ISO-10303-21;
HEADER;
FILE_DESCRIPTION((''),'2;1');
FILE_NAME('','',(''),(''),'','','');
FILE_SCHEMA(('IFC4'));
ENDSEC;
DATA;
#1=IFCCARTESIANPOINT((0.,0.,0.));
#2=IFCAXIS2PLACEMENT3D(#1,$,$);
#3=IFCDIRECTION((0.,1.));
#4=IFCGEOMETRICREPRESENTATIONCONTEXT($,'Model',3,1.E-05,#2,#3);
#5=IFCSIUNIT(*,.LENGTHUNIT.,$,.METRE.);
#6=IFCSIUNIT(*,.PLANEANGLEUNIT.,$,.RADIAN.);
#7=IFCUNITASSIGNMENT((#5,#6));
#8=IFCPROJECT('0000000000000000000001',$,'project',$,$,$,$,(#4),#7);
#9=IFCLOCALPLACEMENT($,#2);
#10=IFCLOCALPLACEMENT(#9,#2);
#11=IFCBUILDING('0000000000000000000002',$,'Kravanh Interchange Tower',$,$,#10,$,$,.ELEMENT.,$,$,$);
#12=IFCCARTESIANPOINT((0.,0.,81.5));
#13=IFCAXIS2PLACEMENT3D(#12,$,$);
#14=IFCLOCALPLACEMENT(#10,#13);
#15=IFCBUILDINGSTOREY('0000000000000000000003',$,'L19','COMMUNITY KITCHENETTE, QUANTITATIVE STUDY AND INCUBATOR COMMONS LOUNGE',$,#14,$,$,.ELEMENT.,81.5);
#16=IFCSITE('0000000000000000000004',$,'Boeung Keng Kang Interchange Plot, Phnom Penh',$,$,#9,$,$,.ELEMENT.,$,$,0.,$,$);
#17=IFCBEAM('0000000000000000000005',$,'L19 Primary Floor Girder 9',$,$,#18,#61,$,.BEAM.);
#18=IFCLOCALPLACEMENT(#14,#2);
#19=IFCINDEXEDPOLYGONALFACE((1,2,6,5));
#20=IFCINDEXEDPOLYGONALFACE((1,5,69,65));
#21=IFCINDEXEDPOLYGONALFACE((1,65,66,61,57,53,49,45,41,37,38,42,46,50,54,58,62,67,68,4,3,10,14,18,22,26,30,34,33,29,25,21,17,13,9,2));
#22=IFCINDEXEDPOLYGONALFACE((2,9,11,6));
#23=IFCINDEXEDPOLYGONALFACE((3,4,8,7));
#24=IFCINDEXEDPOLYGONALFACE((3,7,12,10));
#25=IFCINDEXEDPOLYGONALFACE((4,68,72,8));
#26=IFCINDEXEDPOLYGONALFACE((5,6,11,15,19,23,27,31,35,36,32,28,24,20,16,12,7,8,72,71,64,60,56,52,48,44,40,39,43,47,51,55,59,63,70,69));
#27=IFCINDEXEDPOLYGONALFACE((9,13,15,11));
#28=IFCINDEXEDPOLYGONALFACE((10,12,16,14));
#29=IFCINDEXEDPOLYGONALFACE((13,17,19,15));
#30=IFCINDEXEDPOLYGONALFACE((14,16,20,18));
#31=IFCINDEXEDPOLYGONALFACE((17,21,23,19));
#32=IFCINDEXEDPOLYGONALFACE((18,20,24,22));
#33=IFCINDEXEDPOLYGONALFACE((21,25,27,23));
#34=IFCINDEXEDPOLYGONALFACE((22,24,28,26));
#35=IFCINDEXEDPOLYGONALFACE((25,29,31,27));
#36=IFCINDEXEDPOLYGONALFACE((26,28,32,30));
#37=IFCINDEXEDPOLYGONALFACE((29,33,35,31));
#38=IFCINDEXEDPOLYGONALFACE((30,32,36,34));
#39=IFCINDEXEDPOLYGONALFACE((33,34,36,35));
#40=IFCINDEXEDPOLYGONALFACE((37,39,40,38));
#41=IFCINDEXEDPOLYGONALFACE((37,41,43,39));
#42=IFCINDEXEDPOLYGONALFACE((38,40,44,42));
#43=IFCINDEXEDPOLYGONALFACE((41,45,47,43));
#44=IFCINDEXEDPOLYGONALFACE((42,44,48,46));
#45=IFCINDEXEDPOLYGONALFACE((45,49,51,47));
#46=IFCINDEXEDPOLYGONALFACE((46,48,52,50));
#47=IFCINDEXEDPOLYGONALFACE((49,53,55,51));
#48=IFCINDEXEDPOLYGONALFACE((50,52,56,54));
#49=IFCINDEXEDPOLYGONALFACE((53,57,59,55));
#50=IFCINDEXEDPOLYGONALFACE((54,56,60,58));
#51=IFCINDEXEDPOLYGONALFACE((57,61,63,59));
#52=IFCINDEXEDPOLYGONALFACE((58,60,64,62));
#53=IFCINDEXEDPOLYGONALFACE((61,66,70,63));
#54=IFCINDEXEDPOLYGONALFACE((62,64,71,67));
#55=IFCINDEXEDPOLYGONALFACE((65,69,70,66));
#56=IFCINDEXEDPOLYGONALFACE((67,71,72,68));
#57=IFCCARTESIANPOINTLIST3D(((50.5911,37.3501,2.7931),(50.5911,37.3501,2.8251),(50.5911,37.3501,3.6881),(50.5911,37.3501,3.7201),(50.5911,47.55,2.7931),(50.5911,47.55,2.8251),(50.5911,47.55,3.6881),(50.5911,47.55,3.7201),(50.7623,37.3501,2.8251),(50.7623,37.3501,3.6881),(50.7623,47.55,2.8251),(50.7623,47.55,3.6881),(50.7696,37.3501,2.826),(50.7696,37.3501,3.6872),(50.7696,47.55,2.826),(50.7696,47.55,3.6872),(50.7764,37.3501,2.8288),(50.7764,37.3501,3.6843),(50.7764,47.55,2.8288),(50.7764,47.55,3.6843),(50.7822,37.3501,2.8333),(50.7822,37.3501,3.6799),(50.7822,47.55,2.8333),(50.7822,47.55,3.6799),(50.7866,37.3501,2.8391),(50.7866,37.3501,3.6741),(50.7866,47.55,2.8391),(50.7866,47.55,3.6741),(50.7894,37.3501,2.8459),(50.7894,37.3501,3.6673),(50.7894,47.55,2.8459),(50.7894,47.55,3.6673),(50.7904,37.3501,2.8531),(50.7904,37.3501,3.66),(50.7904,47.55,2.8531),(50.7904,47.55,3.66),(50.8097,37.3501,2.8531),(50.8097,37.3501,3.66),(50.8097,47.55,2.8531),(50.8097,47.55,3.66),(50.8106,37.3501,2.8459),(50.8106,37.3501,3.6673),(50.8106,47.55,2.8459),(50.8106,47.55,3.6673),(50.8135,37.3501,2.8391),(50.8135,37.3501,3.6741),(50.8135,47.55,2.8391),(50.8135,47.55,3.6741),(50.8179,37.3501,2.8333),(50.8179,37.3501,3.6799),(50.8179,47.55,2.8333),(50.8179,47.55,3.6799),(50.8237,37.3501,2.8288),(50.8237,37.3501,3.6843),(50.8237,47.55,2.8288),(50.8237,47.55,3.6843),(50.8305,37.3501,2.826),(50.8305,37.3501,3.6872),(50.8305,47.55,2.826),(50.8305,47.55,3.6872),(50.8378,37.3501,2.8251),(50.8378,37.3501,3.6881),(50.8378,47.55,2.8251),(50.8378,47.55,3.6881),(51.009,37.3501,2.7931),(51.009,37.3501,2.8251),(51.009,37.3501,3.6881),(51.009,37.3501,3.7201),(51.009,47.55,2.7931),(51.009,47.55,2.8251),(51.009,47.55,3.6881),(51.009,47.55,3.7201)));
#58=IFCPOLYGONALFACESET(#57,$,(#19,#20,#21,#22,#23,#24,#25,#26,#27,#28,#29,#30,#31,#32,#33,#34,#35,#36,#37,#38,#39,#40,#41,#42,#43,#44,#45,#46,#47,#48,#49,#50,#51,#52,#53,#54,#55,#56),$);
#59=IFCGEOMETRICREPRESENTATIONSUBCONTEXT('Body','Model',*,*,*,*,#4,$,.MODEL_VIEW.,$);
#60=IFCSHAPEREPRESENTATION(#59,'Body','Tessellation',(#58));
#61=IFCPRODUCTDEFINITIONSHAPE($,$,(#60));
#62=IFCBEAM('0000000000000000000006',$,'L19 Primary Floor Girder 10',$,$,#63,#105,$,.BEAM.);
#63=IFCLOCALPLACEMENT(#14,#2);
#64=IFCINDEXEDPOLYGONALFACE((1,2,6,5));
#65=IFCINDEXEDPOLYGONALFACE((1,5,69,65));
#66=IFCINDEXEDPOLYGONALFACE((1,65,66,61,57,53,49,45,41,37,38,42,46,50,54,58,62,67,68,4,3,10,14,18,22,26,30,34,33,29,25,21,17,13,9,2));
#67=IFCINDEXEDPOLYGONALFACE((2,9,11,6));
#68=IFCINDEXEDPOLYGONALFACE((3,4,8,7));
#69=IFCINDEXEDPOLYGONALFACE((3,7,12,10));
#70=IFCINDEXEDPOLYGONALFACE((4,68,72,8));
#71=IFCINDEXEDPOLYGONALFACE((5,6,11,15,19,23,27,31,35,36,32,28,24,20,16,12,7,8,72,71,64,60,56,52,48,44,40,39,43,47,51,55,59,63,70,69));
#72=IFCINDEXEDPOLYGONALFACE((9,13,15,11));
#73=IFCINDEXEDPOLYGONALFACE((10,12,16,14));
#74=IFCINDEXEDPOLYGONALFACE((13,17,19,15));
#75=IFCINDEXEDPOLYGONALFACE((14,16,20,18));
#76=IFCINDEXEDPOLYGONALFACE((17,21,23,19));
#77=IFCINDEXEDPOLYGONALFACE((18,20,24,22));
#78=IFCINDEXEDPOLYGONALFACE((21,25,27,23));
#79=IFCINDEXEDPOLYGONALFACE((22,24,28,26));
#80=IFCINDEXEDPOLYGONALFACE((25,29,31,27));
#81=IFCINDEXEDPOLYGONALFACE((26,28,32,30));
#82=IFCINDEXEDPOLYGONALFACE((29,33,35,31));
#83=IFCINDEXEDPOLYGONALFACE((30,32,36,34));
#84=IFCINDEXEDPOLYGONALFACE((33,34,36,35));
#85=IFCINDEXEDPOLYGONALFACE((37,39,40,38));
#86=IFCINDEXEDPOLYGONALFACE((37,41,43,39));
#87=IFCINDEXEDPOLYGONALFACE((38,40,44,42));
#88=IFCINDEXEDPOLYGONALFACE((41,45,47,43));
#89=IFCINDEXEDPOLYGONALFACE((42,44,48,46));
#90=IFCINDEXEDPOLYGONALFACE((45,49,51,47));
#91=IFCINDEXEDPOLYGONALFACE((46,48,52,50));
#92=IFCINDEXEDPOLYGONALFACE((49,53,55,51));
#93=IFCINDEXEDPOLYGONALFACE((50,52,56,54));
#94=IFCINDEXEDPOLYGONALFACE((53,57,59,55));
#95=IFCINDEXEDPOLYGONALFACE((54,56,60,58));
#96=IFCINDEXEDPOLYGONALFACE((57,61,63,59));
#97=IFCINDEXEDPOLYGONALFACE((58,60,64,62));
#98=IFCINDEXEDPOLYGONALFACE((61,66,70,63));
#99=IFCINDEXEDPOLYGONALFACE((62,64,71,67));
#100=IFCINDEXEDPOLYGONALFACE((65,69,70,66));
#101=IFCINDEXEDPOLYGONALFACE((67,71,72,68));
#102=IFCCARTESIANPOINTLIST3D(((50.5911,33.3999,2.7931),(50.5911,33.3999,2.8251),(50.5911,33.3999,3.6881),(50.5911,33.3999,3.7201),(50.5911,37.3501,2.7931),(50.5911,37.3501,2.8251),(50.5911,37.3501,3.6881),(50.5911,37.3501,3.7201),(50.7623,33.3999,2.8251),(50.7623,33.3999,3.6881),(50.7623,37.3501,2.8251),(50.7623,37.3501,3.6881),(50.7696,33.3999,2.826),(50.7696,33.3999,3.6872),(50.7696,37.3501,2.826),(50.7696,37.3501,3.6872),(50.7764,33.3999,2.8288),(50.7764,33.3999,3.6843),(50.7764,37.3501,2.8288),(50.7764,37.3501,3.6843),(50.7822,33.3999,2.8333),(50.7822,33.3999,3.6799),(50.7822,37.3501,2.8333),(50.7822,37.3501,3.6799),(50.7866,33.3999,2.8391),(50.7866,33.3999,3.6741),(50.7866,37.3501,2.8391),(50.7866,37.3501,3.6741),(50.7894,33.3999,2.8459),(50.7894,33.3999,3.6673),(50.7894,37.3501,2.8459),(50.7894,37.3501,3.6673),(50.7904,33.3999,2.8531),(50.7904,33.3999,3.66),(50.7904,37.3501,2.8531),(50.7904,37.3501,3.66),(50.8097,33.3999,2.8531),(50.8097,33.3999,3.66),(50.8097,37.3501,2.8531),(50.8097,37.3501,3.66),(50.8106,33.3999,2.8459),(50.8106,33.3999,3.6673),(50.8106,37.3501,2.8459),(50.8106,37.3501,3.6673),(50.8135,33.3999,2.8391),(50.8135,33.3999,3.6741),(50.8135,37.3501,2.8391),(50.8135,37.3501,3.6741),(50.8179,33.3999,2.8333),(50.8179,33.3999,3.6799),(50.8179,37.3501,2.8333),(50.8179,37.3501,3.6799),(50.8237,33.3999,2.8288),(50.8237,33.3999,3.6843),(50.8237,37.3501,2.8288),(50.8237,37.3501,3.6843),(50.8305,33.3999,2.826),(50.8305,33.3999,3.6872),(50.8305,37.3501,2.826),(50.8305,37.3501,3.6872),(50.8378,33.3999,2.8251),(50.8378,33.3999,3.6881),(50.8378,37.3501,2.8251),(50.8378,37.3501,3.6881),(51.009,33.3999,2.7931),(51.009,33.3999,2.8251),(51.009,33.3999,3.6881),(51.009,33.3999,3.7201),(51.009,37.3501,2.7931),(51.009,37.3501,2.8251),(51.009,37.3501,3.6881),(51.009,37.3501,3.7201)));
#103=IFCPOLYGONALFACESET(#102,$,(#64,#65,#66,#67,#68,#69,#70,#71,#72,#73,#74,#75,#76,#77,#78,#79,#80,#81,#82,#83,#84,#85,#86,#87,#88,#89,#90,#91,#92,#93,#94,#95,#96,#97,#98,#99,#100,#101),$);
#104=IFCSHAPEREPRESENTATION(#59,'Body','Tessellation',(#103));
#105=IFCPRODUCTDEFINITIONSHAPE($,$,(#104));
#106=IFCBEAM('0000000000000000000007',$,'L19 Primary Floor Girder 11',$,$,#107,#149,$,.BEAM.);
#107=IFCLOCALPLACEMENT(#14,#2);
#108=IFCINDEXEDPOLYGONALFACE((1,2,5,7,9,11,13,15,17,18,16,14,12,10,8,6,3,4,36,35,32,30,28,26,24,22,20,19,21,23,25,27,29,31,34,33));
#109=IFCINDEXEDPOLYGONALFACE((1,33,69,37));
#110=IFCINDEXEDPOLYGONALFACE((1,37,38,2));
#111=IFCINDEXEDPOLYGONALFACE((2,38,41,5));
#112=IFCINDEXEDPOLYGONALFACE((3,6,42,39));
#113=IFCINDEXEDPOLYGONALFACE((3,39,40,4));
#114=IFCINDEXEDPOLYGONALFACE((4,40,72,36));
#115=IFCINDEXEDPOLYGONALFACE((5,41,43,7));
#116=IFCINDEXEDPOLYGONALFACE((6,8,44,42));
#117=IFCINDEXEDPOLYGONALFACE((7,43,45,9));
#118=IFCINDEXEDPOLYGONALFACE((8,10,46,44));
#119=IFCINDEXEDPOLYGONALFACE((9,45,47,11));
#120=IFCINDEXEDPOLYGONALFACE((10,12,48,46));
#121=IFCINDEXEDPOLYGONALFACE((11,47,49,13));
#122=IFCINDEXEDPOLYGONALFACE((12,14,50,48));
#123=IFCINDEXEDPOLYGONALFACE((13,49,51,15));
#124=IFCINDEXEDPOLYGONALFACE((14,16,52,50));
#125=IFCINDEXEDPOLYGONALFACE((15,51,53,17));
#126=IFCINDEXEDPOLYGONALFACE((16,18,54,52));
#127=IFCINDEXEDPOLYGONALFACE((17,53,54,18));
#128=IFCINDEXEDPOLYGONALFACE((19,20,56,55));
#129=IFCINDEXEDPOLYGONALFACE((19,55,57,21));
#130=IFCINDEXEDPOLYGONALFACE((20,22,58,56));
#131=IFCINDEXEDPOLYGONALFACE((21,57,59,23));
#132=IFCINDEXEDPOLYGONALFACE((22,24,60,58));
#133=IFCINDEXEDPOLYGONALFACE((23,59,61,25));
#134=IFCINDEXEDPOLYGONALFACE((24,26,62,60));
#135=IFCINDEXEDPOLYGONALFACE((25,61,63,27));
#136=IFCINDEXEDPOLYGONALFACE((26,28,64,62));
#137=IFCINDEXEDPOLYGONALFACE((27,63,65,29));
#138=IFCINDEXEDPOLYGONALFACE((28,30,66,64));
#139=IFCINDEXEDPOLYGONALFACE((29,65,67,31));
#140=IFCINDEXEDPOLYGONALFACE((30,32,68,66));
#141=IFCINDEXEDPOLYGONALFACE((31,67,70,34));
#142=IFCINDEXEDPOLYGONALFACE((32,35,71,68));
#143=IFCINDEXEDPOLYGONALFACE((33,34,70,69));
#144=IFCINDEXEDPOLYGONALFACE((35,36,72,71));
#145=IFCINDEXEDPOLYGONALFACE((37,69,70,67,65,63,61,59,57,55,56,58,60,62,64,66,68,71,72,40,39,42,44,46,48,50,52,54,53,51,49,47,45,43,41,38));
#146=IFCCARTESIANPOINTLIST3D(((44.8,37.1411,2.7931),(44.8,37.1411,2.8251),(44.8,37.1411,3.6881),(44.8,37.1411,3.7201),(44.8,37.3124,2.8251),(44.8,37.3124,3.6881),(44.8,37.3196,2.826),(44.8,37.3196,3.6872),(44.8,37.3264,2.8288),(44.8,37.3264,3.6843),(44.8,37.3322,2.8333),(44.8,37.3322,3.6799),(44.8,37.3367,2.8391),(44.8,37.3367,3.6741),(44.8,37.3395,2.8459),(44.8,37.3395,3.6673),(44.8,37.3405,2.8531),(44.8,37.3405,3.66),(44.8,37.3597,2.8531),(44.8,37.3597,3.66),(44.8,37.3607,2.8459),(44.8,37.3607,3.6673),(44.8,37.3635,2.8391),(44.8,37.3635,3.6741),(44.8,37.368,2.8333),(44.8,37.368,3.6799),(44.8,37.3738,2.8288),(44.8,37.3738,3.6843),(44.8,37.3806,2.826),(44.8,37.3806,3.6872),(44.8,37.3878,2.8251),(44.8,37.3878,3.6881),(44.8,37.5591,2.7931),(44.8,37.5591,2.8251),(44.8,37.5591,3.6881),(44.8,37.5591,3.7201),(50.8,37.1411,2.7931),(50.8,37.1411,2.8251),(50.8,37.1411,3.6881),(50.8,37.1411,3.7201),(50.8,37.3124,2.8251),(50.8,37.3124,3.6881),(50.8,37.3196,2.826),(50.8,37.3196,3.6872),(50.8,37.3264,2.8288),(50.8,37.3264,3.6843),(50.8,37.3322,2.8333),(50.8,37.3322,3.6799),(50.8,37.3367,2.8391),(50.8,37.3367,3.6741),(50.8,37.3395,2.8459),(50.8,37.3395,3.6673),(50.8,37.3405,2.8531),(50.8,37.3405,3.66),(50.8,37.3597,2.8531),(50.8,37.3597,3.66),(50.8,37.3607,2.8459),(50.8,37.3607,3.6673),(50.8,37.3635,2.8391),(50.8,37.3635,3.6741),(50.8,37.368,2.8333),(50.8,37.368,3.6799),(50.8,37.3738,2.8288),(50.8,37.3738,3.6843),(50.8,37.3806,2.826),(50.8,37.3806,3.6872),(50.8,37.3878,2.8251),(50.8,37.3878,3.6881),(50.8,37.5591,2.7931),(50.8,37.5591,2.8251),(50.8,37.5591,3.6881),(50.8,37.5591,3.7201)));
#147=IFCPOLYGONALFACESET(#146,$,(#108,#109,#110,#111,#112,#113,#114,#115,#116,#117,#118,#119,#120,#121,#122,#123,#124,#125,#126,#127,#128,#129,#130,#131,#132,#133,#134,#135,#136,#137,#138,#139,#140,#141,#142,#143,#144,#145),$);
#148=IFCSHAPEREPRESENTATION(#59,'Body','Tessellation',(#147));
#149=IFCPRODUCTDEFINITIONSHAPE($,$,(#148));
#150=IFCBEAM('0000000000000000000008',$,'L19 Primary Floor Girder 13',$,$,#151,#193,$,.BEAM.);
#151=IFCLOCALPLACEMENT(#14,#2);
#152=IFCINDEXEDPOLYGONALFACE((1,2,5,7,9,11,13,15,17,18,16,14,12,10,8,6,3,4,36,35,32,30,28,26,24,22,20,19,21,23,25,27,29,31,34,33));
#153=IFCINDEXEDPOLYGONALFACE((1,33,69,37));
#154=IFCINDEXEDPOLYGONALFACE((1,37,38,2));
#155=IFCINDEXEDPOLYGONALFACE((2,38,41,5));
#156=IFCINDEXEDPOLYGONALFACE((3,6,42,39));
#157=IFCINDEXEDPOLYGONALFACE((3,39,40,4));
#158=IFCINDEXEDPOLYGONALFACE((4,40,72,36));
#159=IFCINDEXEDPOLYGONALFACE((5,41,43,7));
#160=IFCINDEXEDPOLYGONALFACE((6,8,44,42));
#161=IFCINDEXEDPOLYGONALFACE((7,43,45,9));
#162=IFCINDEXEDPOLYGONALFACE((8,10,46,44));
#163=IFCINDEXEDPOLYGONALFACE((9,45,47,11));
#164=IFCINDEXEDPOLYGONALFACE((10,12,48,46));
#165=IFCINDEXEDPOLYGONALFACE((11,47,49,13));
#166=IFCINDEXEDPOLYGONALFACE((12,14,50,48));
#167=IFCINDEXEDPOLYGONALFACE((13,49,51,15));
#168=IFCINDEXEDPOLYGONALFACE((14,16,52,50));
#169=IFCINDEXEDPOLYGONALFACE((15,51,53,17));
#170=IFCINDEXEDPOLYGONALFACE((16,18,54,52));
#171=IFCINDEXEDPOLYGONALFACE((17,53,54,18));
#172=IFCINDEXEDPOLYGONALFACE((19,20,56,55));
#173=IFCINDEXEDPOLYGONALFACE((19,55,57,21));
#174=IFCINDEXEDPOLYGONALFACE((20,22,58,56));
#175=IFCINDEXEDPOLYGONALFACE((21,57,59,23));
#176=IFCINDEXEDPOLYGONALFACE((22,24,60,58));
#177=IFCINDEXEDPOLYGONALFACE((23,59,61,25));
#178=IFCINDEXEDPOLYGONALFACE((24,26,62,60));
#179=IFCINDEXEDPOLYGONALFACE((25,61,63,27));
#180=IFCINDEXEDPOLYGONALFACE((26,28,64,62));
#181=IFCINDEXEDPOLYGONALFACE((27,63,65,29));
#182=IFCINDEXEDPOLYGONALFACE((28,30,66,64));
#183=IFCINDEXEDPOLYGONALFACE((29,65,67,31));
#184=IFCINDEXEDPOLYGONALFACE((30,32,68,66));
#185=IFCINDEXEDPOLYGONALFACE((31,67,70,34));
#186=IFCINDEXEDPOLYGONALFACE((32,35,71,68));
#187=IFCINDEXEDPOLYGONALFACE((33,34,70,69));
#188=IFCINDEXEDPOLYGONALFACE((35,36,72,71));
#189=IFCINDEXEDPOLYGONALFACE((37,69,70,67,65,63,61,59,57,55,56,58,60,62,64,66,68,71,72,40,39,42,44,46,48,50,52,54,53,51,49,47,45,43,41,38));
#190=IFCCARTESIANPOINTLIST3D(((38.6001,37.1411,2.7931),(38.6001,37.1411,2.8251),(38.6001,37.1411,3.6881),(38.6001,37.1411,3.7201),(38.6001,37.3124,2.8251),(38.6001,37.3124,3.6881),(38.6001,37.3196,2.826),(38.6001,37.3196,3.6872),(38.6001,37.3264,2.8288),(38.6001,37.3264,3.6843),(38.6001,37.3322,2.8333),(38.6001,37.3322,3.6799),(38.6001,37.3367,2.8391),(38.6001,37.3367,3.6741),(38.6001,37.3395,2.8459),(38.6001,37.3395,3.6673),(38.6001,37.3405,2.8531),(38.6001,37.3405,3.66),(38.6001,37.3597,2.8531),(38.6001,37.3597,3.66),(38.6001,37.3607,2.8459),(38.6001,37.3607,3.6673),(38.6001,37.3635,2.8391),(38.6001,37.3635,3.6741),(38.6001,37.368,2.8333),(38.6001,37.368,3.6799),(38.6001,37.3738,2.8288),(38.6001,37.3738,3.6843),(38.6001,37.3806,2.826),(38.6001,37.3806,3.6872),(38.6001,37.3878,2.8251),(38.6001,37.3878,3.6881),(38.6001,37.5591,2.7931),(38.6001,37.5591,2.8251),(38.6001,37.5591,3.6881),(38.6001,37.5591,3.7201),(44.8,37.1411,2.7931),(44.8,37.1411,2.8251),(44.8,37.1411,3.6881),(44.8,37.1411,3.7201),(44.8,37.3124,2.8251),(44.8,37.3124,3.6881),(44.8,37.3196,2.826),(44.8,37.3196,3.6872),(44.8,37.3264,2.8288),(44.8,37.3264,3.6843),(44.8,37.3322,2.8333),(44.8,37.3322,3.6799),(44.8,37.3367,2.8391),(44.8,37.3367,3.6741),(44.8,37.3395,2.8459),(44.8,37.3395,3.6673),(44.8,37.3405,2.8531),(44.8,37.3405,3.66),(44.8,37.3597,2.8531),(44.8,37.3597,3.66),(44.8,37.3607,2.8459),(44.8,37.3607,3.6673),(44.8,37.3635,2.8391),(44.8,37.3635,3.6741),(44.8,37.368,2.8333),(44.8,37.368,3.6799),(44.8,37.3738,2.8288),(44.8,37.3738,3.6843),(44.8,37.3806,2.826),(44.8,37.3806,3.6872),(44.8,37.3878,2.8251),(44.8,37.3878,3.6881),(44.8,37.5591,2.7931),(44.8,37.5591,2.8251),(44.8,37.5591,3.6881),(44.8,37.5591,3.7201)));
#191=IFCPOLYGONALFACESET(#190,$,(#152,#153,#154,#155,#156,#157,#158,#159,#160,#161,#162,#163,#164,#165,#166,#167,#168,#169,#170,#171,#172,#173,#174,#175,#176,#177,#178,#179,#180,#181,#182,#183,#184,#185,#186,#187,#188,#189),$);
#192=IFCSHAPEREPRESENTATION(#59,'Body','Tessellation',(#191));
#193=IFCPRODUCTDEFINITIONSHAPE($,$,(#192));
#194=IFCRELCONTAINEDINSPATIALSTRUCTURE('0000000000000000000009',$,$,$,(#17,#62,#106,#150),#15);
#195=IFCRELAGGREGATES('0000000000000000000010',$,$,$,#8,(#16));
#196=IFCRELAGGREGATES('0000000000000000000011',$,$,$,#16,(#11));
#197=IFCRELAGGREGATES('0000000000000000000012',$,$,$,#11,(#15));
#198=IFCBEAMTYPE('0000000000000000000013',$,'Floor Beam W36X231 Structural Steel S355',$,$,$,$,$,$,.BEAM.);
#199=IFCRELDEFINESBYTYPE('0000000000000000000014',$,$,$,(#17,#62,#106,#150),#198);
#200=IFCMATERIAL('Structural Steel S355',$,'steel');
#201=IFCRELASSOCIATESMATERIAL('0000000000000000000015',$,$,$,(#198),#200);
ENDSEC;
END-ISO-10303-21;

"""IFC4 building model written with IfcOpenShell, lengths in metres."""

from ifc_helpers import new_model, si_unit, direction, frame, origin, origin_2d, place, context, subcontext, project, spatial, i_section, extrude, material, material_profile, profile_set, type_object, element, save


model = new_model("IFC4")

# Units and contexts
model_context = context("Model", 3, precision=1e-05, world=origin(), true_north=direction((0.0, 1.0)))
body_context = subcontext(model_context, "Body", "Model", "MODEL_VIEW")
ifc_project = project(units=[si_unit("LENGTHUNIT", "METRE"), si_unit("PLANEANGLEUNIT", "RADIAN")], contexts=[model_context])

# Site, building, storey
site_placement = place(None, origin())
site = spatial("IfcSite", under=ifc_project, at=site_placement, Name="Boeung Keng Kang Interchange Plot, Phnom Penh", CompositionType="ELEMENT", RefElevation=0.0)
building_placement = place(site_placement, origin())
building = spatial("IfcBuilding", under=site, at=building_placement, Name="Kravanh Interchange Tower", CompositionType="ELEMENT")
storey_placement = place(building_placement, frame((0.0, 0.0, 81.5)))
storey = spatial("IfcBuildingStorey", under=building, at=storey_placement, Name="L19", Description="COMMUNITY KITCHENETTE, QUANTITATIVE STUDY AND INCUBATOR COMMONS LOUNGE", CompositionType="ELEMENT", Elevation=81.5)

# Beams
ifc_material_1 = material(Name="Structural Steel S355", Category="steel")
ifc_material_profile_1 = material_profile(ifc_material_1, i_section(OverallWidth=0.418, OverallDepth=0.927, WebThickness=0.0193, FlangeThickness=0.032, FilletRadius=0.0281, at=origin_2d()), Name="W36X231")
ifc_profile_set_1 = profile_set([ifc_material_profile_1], Name="Structural Steel S355")
beam_type_1 = type_object("IfcBeamType", Name="Floor Beam W36X231 Structural Steel S355", PredefinedType="BEAM", material=ifc_profile_set_1)
beam_1_placement = place(storey_placement, frame((50.8, 47.55, 3.2566), z_axis=(0.0, -1.0, 0.0), x_axis=(1.0, 0.0, 0.0)))
element("IfcBeam", 1, at=beam_1_placement, inside=storey, type_object=beam_type_1, Name="L19 Primary Floor Girder 9", PredefinedType="BEAM", context=body_context, shape_type="SweptSolid", body=[
    extrude(i_section(OverallWidth=0.418, OverallDepth=0.927, WebThickness=0.0193, FlangeThickness=0.032, FilletRadius=0.0281, at=origin_2d()), origin(), (0.0, 0.0, 1.0), 10.2),
])
beam_2_placement = place(storey_placement, frame((50.8, 37.3501, 3.2566), z_axis=(0.0, -1.0, 0.0), x_axis=(1.0, 0.0, 0.0)))
element("IfcBeam", 2, at=beam_2_placement, inside=storey, type_object=beam_type_1, Name="L19 Primary Floor Girder 10", PredefinedType="BEAM", context=body_context, shape_type="SweptSolid", body=[
    extrude(i_section(OverallWidth=0.418, OverallDepth=0.927, WebThickness=0.0193, FlangeThickness=0.032, FilletRadius=0.0281, at=origin_2d()), origin(), (0.0, 0.0, 1.0), 3.9502),
])
beam_3_placement = place(storey_placement, frame((50.8, 37.3501, 3.2566), z_axis=(-1.0, 0.0, 0.0), x_axis=(0.0, -1.0, 0.0)))
element("IfcBeam", 3, at=beam_3_placement, inside=storey, type_object=beam_type_1, Name="L19 Primary Floor Girder 11", PredefinedType="BEAM", context=body_context, shape_type="SweptSolid", body=[
    extrude(i_section(OverallWidth=0.418, OverallDepth=0.927, WebThickness=0.0193, FlangeThickness=0.032, FilletRadius=0.0281, at=origin_2d()), origin(), (0.0, 0.0, 1.0), 6.0),
])
beam_4_placement = place(storey_placement, frame((44.8, 37.3501, 3.2566), z_axis=(-1.0, 0.0, 0.0), x_axis=(0.0, -1.0, 0.0)))
element("IfcBeam", 4, at=beam_4_placement, inside=storey, type_object=beam_type_1, Name="L19 Primary Floor Girder 13", PredefinedType="BEAM", context=body_context, shape_type="SweptSolid", body=[
    extrude(i_section(OverallWidth=0.418, OverallDepth=0.927, WebThickness=0.0193, FlangeThickness=0.032, FilletRadius=0.0281, at=origin_2d()), origin(), (0.0, 0.0, 1.0), 6.2),
])

save(model, "model.ifc")
